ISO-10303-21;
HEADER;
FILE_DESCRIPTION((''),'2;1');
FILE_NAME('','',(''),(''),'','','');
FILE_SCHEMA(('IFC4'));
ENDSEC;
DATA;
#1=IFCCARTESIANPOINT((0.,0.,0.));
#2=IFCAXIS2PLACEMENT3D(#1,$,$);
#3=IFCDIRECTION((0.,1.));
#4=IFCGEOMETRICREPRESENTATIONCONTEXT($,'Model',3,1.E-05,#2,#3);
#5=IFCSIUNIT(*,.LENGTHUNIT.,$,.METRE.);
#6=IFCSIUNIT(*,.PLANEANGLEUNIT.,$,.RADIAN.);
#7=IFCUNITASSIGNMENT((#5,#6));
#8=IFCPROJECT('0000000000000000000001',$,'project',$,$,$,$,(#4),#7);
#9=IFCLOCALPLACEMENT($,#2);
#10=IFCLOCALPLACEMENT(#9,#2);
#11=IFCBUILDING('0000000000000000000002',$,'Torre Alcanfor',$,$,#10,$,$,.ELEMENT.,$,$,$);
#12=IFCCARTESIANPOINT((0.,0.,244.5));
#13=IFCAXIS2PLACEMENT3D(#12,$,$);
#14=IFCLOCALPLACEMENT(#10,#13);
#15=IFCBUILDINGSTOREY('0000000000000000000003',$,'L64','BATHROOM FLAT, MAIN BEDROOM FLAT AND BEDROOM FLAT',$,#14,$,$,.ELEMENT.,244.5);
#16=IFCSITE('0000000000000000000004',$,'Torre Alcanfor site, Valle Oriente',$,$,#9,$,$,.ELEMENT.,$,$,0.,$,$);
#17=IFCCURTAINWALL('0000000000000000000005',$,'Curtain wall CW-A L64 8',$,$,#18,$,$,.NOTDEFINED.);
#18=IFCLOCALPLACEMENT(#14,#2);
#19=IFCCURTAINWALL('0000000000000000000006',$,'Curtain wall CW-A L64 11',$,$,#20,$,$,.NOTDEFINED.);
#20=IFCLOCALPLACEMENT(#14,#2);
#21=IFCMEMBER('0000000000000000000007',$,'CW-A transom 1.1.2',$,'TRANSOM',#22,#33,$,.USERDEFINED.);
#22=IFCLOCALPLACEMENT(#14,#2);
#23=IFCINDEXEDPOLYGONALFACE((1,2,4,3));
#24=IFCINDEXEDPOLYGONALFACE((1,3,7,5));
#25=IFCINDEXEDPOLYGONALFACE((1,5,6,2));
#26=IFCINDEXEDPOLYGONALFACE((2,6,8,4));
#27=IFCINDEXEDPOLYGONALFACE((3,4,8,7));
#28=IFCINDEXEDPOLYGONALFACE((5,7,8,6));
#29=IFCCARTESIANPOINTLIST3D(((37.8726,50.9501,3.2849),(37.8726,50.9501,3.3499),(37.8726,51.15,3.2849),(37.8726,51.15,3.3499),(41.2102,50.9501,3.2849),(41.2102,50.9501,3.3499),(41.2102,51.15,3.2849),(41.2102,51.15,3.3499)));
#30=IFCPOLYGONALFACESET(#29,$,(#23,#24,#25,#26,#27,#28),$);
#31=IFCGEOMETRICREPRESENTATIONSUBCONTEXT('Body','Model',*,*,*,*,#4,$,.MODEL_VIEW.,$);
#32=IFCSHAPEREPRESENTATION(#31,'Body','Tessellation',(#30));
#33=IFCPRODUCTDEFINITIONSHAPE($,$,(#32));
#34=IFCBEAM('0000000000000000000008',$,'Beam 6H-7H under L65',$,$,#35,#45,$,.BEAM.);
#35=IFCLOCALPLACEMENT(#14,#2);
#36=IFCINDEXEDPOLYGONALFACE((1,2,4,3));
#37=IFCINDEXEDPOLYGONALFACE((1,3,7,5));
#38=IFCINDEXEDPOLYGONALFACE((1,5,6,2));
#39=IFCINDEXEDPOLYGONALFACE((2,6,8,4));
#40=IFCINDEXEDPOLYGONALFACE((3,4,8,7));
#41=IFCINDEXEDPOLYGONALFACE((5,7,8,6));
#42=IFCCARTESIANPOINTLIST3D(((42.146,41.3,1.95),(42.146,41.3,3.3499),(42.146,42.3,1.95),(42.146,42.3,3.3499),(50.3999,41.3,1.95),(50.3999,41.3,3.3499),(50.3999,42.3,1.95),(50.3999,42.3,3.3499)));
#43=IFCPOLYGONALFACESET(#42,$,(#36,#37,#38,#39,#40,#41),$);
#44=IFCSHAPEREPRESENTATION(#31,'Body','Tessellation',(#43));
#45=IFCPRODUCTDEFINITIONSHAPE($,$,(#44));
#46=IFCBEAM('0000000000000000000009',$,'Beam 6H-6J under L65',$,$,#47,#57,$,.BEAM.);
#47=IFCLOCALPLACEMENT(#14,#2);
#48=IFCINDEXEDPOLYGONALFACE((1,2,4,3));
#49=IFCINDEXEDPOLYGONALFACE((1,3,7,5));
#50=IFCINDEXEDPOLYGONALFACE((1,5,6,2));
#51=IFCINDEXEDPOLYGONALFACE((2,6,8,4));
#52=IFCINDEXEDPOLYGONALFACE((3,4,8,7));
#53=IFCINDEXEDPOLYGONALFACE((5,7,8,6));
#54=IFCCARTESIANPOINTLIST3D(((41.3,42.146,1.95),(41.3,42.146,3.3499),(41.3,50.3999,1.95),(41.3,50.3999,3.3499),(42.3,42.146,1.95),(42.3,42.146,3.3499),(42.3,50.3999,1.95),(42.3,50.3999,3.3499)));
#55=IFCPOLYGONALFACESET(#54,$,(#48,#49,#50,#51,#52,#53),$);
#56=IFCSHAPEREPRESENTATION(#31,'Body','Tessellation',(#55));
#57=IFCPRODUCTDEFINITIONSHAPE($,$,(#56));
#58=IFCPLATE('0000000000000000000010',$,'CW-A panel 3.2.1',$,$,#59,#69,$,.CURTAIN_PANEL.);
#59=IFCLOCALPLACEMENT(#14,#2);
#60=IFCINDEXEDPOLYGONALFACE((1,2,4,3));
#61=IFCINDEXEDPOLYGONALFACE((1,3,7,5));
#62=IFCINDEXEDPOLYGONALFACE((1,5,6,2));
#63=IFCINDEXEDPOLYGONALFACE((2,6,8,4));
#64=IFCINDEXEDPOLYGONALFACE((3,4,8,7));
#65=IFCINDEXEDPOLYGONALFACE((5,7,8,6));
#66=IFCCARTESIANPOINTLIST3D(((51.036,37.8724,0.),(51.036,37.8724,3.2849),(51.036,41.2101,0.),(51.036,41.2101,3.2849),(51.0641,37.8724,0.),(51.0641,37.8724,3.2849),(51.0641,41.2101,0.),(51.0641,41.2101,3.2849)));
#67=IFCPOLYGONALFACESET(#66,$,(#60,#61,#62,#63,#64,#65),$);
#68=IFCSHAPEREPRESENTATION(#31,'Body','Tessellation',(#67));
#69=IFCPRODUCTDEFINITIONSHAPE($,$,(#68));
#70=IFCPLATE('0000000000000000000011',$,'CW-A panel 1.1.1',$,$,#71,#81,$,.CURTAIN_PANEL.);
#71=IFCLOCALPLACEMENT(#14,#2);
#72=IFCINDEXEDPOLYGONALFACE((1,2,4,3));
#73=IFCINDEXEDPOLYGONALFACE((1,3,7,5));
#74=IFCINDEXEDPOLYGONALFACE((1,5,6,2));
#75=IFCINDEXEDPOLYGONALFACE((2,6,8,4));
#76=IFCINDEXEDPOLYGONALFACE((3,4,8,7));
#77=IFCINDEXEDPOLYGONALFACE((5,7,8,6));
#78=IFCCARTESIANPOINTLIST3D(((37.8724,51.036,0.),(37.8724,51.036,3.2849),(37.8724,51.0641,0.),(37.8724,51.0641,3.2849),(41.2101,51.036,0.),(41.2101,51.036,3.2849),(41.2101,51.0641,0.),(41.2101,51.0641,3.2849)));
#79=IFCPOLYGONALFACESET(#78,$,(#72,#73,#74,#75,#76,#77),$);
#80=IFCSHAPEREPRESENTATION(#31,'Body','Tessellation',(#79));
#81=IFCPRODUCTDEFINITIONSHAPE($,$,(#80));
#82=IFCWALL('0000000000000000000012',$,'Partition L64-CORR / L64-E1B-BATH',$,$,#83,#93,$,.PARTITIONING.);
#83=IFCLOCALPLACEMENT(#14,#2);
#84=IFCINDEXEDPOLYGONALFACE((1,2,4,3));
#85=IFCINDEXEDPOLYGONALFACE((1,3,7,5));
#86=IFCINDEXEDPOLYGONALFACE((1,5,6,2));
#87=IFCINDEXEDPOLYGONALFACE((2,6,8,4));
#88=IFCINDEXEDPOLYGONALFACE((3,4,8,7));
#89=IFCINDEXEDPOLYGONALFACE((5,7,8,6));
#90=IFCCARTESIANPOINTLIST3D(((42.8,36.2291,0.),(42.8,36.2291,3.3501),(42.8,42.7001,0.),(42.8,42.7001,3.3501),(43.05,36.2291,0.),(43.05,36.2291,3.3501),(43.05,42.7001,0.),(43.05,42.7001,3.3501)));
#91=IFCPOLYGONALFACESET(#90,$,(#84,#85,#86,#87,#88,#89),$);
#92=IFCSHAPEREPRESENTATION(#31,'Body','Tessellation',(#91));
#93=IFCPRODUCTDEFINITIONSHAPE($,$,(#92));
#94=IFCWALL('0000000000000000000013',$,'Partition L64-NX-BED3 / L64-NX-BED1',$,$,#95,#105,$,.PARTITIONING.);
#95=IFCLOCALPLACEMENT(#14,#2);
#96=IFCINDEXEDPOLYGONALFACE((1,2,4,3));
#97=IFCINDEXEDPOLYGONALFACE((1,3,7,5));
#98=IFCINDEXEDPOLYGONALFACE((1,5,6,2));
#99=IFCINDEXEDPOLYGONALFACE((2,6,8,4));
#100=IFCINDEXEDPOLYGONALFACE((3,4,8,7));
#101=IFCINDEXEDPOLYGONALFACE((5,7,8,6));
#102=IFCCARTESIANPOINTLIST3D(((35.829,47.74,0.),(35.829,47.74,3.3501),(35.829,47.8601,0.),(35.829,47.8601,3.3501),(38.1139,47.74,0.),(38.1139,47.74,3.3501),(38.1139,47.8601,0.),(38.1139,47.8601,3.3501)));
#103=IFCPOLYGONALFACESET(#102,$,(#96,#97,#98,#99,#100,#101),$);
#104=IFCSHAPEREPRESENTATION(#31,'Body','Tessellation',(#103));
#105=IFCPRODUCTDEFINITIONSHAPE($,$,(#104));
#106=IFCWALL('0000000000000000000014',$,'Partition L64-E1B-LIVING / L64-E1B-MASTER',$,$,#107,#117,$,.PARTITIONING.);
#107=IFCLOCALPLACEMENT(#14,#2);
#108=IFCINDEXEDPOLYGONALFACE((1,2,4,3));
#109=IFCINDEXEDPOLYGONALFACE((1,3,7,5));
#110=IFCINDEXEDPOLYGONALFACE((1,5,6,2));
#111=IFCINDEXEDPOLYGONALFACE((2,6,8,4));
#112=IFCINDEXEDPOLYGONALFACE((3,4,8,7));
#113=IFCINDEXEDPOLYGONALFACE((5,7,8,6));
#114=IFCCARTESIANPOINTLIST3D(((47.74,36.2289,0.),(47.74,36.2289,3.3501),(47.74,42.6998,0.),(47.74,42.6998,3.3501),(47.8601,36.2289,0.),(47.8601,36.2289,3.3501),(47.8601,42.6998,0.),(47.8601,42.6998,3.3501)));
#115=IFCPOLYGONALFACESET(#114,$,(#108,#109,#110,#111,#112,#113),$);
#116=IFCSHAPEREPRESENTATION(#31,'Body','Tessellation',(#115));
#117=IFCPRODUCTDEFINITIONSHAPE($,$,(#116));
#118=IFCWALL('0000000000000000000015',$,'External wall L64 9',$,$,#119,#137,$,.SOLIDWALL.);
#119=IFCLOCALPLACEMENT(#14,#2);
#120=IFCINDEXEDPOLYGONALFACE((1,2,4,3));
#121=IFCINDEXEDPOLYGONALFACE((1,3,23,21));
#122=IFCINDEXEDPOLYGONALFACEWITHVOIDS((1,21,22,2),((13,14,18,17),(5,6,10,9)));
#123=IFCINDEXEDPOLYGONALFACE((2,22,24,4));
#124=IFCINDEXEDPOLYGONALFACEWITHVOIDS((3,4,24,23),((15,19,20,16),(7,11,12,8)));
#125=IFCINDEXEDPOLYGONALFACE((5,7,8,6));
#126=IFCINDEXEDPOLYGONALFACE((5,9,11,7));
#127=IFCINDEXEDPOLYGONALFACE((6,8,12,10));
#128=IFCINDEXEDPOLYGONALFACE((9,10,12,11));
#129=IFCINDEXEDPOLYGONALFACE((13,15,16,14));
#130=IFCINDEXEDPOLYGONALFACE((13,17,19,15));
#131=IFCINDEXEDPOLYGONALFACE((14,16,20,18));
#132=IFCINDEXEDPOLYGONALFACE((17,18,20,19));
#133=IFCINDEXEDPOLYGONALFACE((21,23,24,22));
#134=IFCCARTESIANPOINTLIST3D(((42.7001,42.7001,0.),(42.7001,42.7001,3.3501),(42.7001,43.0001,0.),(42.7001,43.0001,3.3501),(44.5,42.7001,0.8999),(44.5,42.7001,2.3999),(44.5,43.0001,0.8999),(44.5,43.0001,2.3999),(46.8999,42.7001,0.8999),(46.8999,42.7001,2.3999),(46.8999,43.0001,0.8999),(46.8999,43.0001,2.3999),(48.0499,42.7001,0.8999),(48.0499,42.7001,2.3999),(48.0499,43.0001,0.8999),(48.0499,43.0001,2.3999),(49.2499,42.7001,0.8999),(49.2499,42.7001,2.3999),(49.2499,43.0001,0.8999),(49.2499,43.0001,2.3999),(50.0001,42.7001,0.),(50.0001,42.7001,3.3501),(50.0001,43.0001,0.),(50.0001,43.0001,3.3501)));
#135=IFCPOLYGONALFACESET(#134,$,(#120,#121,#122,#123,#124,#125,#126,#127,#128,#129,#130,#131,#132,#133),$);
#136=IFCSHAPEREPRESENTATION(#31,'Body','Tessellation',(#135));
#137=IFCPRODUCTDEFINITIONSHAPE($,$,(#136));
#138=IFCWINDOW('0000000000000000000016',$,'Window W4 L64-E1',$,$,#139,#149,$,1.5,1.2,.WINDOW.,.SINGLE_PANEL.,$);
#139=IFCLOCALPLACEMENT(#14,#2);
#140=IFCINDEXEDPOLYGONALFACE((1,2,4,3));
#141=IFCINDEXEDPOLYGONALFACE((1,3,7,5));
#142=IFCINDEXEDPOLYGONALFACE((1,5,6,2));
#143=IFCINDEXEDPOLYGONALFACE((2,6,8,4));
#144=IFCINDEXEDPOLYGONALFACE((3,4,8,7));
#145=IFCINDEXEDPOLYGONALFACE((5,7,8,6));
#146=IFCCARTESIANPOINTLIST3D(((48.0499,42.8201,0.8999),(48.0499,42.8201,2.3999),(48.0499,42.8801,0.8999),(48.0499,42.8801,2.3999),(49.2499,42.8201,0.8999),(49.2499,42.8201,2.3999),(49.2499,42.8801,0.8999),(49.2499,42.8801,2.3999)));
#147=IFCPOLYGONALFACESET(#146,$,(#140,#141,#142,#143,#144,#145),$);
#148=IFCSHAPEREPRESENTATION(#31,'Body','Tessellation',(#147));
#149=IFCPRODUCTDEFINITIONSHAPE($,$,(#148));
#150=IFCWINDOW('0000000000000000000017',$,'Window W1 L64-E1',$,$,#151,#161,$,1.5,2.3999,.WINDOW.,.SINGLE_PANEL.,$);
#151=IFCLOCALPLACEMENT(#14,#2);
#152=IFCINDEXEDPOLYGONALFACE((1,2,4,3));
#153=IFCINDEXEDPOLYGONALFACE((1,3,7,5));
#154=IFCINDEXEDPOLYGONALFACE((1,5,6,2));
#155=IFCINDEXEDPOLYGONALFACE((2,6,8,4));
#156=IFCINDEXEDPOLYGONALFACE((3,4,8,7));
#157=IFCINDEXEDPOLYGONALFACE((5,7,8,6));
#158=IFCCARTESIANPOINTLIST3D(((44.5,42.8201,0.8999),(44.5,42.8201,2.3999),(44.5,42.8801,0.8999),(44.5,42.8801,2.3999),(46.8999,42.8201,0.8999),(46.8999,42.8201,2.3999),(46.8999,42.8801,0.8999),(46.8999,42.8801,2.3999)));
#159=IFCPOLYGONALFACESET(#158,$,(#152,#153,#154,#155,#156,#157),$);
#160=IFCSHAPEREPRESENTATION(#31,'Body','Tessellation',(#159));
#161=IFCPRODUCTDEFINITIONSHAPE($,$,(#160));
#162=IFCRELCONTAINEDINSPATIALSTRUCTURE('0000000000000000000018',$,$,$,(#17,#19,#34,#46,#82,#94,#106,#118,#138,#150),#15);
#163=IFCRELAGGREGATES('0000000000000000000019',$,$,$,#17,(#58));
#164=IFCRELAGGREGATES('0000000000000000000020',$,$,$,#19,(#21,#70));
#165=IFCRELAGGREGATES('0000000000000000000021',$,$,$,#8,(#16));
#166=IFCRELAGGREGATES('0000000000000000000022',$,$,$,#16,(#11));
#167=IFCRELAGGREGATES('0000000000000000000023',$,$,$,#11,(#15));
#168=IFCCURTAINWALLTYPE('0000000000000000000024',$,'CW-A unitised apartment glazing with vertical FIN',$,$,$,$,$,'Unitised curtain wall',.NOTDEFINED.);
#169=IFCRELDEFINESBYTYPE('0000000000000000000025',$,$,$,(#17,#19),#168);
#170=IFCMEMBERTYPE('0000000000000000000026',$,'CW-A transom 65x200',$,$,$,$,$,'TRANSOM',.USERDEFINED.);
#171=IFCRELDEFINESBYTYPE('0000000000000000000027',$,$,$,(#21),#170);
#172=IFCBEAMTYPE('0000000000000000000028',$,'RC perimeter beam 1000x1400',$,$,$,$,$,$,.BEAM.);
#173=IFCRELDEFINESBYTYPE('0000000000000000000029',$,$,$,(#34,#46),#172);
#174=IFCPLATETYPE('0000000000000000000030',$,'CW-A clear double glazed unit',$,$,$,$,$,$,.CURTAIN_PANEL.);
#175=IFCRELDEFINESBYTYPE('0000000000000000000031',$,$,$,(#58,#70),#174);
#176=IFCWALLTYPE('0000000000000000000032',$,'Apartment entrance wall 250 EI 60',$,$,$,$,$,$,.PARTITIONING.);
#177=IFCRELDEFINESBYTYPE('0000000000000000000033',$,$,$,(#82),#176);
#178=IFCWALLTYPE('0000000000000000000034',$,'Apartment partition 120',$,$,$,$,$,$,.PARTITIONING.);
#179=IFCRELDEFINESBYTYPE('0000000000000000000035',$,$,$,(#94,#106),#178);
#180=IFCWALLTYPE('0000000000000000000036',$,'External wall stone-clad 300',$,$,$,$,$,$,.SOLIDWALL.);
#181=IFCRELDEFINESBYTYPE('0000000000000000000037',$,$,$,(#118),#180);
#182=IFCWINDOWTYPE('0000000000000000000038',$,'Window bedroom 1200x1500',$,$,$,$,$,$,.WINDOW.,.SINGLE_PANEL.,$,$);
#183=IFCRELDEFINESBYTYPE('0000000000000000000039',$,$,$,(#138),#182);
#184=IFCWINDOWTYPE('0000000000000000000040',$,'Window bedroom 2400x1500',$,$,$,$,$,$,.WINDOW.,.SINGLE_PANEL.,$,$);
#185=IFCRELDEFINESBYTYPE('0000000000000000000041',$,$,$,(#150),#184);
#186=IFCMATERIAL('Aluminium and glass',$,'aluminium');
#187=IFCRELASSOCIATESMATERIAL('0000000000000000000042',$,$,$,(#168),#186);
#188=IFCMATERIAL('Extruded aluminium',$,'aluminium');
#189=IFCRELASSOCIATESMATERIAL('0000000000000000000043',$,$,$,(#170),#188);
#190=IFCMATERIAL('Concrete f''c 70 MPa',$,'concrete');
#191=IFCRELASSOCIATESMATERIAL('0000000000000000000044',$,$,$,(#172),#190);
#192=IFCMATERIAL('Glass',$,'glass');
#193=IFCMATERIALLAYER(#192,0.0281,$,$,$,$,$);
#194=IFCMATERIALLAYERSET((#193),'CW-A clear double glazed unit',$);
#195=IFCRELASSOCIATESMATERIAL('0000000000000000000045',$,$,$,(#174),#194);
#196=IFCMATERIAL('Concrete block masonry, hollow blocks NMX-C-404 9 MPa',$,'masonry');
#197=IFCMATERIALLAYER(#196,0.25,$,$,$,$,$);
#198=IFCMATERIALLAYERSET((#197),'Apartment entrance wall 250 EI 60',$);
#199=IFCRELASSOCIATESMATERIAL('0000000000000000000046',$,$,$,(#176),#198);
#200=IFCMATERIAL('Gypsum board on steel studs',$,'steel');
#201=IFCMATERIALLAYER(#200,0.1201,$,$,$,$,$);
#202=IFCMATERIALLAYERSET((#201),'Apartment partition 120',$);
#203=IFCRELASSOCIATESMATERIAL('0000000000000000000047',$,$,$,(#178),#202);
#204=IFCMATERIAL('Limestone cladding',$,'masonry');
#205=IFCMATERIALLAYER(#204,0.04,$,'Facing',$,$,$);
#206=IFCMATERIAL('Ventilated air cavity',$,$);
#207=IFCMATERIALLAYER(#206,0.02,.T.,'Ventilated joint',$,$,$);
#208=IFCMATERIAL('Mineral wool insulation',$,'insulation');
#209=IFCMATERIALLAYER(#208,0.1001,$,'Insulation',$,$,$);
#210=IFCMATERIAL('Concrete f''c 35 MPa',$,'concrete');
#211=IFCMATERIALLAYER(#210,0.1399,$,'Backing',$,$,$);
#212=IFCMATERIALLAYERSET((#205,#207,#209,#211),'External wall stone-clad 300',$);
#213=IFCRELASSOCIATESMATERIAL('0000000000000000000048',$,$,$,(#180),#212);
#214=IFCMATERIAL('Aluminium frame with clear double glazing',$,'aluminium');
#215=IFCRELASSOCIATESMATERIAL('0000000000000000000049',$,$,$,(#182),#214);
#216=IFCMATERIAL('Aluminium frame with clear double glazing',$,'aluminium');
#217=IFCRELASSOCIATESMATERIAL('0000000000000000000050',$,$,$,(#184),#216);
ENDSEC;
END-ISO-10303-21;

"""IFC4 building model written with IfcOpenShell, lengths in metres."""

from ifc_helpers import new_model, si_unit, direction, frame, frame_2d, origin, origin_2d, place, context, subcontext, project, spatial, rectangle, extrude, material, layer, layer_set, material_profile, profile_set, type_object, element, fill, aggregate, save


model = new_model("IFC4")

# Units and contexts
model_context = context("Model", 3, precision=1e-05, world=origin(), true_north=direction((0.0, 1.0)))
body_context = subcontext(model_context, "Body", "Model", "MODEL_VIEW")
ifc_project = project(units=[si_unit("LENGTHUNIT", "METRE"), si_unit("PLANEANGLEUNIT", "RADIAN")], contexts=[model_context])

# Site, building, storey
site_placement = place(None, origin())
site = spatial("IfcSite", under=ifc_project, at=site_placement, Name="Torre Alcanfor site, Valle Oriente", CompositionType="ELEMENT", RefElevation=0.0)
building_placement = place(site_placement, origin())
building = spatial("IfcBuilding", under=site, at=building_placement, Name="Torre Alcanfor", CompositionType="ELEMENT")
storey_placement = place(building_placement, frame((0.0, 0.0, 244.5)))
storey = spatial("IfcBuildingStorey", under=building, at=storey_placement, Name="L64", Description="BATHROOM FLAT, MAIN BEDROOM FLAT AND BEDROOM FLAT", CompositionType="ELEMENT", Elevation=244.5)

# Curtain walls
ifc_material_1 = material(Name="Aluminium and glass", Category="aluminium")
curtain_wall_type = type_object("IfcCurtainWallType", Name="CW-A unitised apartment glazing with vertical FIN", ElementType="Unitised curtain wall", PredefinedType="NOTDEFINED", material=ifc_material_1)
curtain_wall_1_placement = place(storey_placement, origin())
curtain_wall_1 = element("IfcCurtainWall", 1, at=curtain_wall_1_placement, inside=storey, type_object=curtain_wall_type, Name="Curtain wall CW-A L64 8", PredefinedType="NOTDEFINED")
curtain_wall_2_placement = place(storey_placement, origin())
curtain_wall_2 = element("IfcCurtainWall", 2, at=curtain_wall_2_placement, inside=storey, type_object=curtain_wall_type, Name="Curtain wall CW-A L64 11", PredefinedType="NOTDEFINED")

# Member
ifc_material_2 = material(Name="Extruded aluminium", Category="aluminium")
ifc_material_profile_1 = material_profile(ifc_material_2, rectangle(XDim=0.2, YDim=0.0649, at=origin_2d()), Name="CW-A transom 200x65")
ifc_profile_set_1 = profile_set([ifc_material_profile_1], Name="Extruded aluminium")
member_type_1 = type_object("IfcMemberType", Name="CW-A transom 65x200", ElementType="TRANSOM", PredefinedType="USERDEFINED", material=ifc_profile_set_1)
member_1_placement = place(storey_placement, frame((41.2102, 51.05, 3.3174), z_axis=(-1.0, 0.0, 0.0), x_axis=(0.0, -1.0, 0.0)))
member_1 = element("IfcMember", 3, at=member_1_placement, type_object=member_type_1, Name="CW-A transom 1.1.2", ObjectType="TRANSOM", PredefinedType="USERDEFINED", context=body_context, shape_type="SweptSolid", body=[
    extrude(rectangle(XDim=0.2, YDim=0.0649, at=origin_2d()), origin(), (0.0, 0.0, 1.0), 3.3376),
])

# Beams
ifc_material_3 = material(Name="Concrete f'c 70 MPa", Category="concrete")
ifc_material_profile_2 = material_profile(ifc_material_3, rectangle(XDim=1.0, YDim=1.3999, at=origin_2d()), Name="1000x1400")
ifc_profile_set_2 = profile_set([ifc_material_profile_2], Name="Concrete f'c 70 MPa")
beam_type = type_object("IfcBeamType", Name="RC perimeter beam 1000x1400", PredefinedType="BEAM", material=ifc_profile_set_2)
for number, where, z_axis, x_axis, name in (
    (4, (42.146, 41.8, 2.6499), (1.0, 0.0, 0.0), (0.0, 1.0, 0.0), "Beam 6H-7H under L65"),
    (5, (41.8, 42.146, 2.6499), (0.0, 1.0, 0.0), (-1.0, 0.0, 0.0), "Beam 6H-6J under L65"),
):
    element("IfcBeam", number, at=place(storey_placement, frame(where, z_axis=z_axis, x_axis=x_axis)), inside=storey, type_object=beam_type, Name=name, PredefinedType="BEAM", context=body_context, shape_type="SweptSolid", body=[
        extrude(rectangle(XDim=1.0, YDim=1.3999, at=origin_2d()), origin(), (0.0, 0.0, 1.0), 8.2539),
    ])

# Plates
ifc_material_4 = material(Name="Glass", Category="glass")
ifc_layer_1 = layer(ifc_material_4, 0.0281)
ifc_layer_set_1 = layer_set([ifc_layer_1], Name="CW-A clear double glazed unit")
plate_type = type_object("IfcPlateType", Name="CW-A clear double glazed unit", PredefinedType="CURTAIN_PANEL", material=ifc_layer_set_1)
plate_1_placement = place(storey_placement, frame((51.05, 39.5413, 0.0), z_axis=(0.0, 0.0, 1.0), x_axis=(0.0, 1.0, 0.0)))
plate_1 = element("IfcPlate", 6, at=plate_1_placement, type_object=plate_type, Name="CW-A panel 3.2.1", PredefinedType="CURTAIN_PANEL", context=body_context, shape_type="SweptSolid", body=[
    extrude(rectangle(XDim=3.3376, YDim=0.0281, at=origin_2d()), origin(), (0.0, 0.0, 1.0), 3.2849),
])
aggregate(curtain_wall_1, [plate_1])
plate_2_placement = place(storey_placement, frame((39.5413, 51.05, 0.0), z_axis=(0.0, 0.0, 1.0), x_axis=(-1.0, 0.0, 0.0)))
plate_2 = element("IfcPlate", 7, at=plate_2_placement, type_object=plate_type, Name="CW-A panel 1.1.1", PredefinedType="CURTAIN_PANEL", context=body_context, shape_type="SweptSolid", body=[
    extrude(rectangle(XDim=3.3376, YDim=0.0281, at=origin_2d()), origin(), (0.0, 0.0, 1.0), 3.2849),
])
aggregate(curtain_wall_2, [member_1, plate_2])

# Walls
ifc_material_5 = material(Name="Concrete block masonry, hollow blocks NMX-C-404 9 MPa", Category="masonry")
ifc_layer_2 = layer(ifc_material_5, 0.25)
ifc_layer_set_2 = layer_set([ifc_layer_2], Name="Apartment entrance wall 250 EI 60")
wall_type_1 = type_object("IfcWallType", Name="Apartment entrance wall 250 EI 60", PredefinedType="PARTITIONING", material=ifc_layer_set_2)
wall_1_placement = place(storey_placement, frame((42.925, 42.7, 0.0), z_axis=(0.0, 0.0, 1.0), x_axis=(0.0, -1.0, 0.0)))
element("IfcWall", 8, at=wall_1_placement, inside=storey, type_object=wall_type_1, Name="Partition L64-CORR / L64-E1B-BATH", PredefinedType="PARTITIONING", context=body_context, shape_type="SweptSolid", body=[
    extrude(rectangle(XDim=6.4709, YDim=0.25, at=frame_2d((3.2354, 0.0))), origin(), (0.0, 0.0, 1.0), 3.3501),
])
ifc_material_6 = material(Name="Gypsum board on steel studs", Category="steel")
ifc_layer_3 = layer(ifc_material_6, 0.1201)
ifc_layer_set_3 = layer_set([ifc_layer_3], Name="Apartment partition 120")
wall_type_2 = type_object("IfcWallType", Name="Apartment partition 120", PredefinedType="PARTITIONING", material=ifc_layer_set_3)
wall_2_placement = place(storey_placement, frame((38.114, 47.8, 0.0), z_axis=(0.0, 0.0, 1.0), x_axis=(-1.0, 0.0, 0.0)))
element("IfcWall", 9, at=wall_2_placement, inside=storey, type_object=wall_type_2, Name="Partition L64-NX-BED3 / L64-NX-BED1", PredefinedType="PARTITIONING", context=body_context, shape_type="SweptSolid", body=[
    extrude(rectangle(XDim=2.2849, YDim=0.1201, at=frame_2d((1.1426, 0.0))), origin(), (0.0, 0.0, 1.0), 3.3501),
])
wall_3_placement = place(storey_placement, frame((47.8, 36.229, 0.0), z_axis=(0.0, 0.0, 1.0), x_axis=(0.0, 1.0, 0.0)))
element("IfcWall", 10, at=wall_3_placement, inside=storey, type_object=wall_type_2, Name="Partition L64-E1B-LIVING / L64-E1B-MASTER", PredefinedType="PARTITIONING", context=body_context, shape_type="SweptSolid", body=[
    extrude(rectangle(XDim=6.4709, YDim=0.1201, at=frame_2d((3.2354, 0.0))), origin(), (0.0, 0.0, 1.0), 3.3501),
])

# Wall, openings, windows
ifc_material_7 = material(Name="Limestone cladding", Category="masonry")
ifc_layer_4 = layer(ifc_material_7, 0.04, Name="Facing")
ifc_material_8 = material(Name="Ventilated air cavity")
ifc_layer_5 = layer(ifc_material_8, 0.02, ventilated=True, Name="Ventilated joint")
ifc_material_9 = material(Name="Mineral wool insulation", Category="insulation")
ifc_layer_6 = layer(ifc_material_9, 0.1001, Name="Insulation")
ifc_material_10 = material(Name="Concrete f'c 35 MPa", Category="concrete")
ifc_layer_7 = layer(ifc_material_10, 0.1399, Name="Backing")
ifc_layer_set_4 = layer_set([ifc_layer_4, ifc_layer_5, ifc_layer_6, ifc_layer_7], Name="External wall stone-clad 300")
wall_type_3 = type_object("IfcWallType", Name="External wall stone-clad 300", PredefinedType="SOLIDWALL", material=ifc_layer_set_4)
wall_4_placement = place(storey_placement, frame((50.0, 42.8501, 0.0), z_axis=(0.0, 0.0, 1.0), x_axis=(-1.0, 0.0, 0.0)))
wall_4 = element("IfcWall", 11, at=wall_4_placement, inside=storey, type_object=wall_type_3, Name="External wall L64 9", PredefinedType="SOLIDWALL", context=body_context, shape_type="SweptSolid", body=[
    extrude(rectangle(XDim=7.3, YDim=0.3, at=frame_2d((3.6499, 0.0))), origin(), (0.0, 0.0, 1.0), 3.3501),
])
opening_1_placement = place(wall_4_placement, frame((3.1001, 0.0, 0.8999)))
opening_1 = element("IfcOpeningElement", 12, at=opening_1_placement, cuts=wall_4, PredefinedType="OPENING", context=body_context, shape_type="SweptSolid", body=[
    extrude(rectangle(XDim=2.3999, YDim=1.5, at=frame_2d((1.2, 0.75))), frame((0.0, 0.1599, 0.0), z_axis=(0.0, -1.0, 0.0), x_axis=(1.0, 0.0, 0.0)), (0.0, 0.0, 1.0), 0.3201),
])
opening_2_placement = place(wall_4_placement, frame((0.75, 0.0, 0.8999)))
opening_2 = element("IfcOpeningElement", 13, at=opening_2_placement, cuts=wall_4, PredefinedType="OPENING", context=body_context, shape_type="SweptSolid", body=[
    extrude(rectangle(XDim=1.2, YDim=1.5, at=frame_2d((0.6001, 0.75))), frame((0.0, 0.1599, 0.0), z_axis=(0.0, -1.0, 0.0), x_axis=(1.0, 0.0, 0.0)), (0.0, 0.0, 1.0), 0.3201),
])
ifc_material_11 = material(Name="Aluminium frame with clear double glazing", Category="aluminium")
window_type_1 = type_object("IfcWindowType", Name="Window bedroom 1200x1500", PartitioningType="SINGLE_PANEL", PredefinedType="WINDOW", material=ifc_material_11)
window_1_placement = place(opening_2_placement, origin())
window_1 = element("IfcWindow", 14, at=window_1_placement, inside=storey, type_object=window_type_1, Name="Window W4 L64-E1", OverallHeight=1.5, OverallWidth=1.2, PartitioningType="SINGLE_PANEL", PredefinedType="WINDOW", context=body_context, shape_type="SweptSolid", body=[
    extrude(rectangle(XDim=1.2, YDim=1.5, at=frame_2d((0.6001, 0.75))), frame((0.0, 0.03, 0.0), z_axis=(0.0, -1.0, 0.0), x_axis=(1.0, 0.0, 0.0)), (0.0, 0.0, 1.0), 0.0601),
])
fill(opening_2, window_1)
ifc_material_12 = material(Name="Aluminium frame with clear double glazing", Category="aluminium")
window_type_2 = type_object("IfcWindowType", Name="Window bedroom 2400x1500", PartitioningType="SINGLE_PANEL", PredefinedType="WINDOW", material=ifc_material_12)
window_2_placement = place(opening_1_placement, origin())
window_2 = element("IfcWindow", 15, at=window_2_placement, inside=storey, type_object=window_type_2, Name="Window W1 L64-E1", OverallHeight=1.5, OverallWidth=2.3999, PartitioningType="SINGLE_PANEL", PredefinedType="WINDOW", context=body_context, shape_type="SweptSolid", body=[
    extrude(rectangle(XDim=2.3999, YDim=1.5, at=frame_2d((1.2, 0.75))), frame((0.0, 0.03, 0.0), z_axis=(0.0, -1.0, 0.0), x_axis=(1.0, 0.0, 0.0)), (0.0, 0.0, 1.0), 0.0601),
])
fill(opening_1, window_2)

save(model, "model.ifc")
